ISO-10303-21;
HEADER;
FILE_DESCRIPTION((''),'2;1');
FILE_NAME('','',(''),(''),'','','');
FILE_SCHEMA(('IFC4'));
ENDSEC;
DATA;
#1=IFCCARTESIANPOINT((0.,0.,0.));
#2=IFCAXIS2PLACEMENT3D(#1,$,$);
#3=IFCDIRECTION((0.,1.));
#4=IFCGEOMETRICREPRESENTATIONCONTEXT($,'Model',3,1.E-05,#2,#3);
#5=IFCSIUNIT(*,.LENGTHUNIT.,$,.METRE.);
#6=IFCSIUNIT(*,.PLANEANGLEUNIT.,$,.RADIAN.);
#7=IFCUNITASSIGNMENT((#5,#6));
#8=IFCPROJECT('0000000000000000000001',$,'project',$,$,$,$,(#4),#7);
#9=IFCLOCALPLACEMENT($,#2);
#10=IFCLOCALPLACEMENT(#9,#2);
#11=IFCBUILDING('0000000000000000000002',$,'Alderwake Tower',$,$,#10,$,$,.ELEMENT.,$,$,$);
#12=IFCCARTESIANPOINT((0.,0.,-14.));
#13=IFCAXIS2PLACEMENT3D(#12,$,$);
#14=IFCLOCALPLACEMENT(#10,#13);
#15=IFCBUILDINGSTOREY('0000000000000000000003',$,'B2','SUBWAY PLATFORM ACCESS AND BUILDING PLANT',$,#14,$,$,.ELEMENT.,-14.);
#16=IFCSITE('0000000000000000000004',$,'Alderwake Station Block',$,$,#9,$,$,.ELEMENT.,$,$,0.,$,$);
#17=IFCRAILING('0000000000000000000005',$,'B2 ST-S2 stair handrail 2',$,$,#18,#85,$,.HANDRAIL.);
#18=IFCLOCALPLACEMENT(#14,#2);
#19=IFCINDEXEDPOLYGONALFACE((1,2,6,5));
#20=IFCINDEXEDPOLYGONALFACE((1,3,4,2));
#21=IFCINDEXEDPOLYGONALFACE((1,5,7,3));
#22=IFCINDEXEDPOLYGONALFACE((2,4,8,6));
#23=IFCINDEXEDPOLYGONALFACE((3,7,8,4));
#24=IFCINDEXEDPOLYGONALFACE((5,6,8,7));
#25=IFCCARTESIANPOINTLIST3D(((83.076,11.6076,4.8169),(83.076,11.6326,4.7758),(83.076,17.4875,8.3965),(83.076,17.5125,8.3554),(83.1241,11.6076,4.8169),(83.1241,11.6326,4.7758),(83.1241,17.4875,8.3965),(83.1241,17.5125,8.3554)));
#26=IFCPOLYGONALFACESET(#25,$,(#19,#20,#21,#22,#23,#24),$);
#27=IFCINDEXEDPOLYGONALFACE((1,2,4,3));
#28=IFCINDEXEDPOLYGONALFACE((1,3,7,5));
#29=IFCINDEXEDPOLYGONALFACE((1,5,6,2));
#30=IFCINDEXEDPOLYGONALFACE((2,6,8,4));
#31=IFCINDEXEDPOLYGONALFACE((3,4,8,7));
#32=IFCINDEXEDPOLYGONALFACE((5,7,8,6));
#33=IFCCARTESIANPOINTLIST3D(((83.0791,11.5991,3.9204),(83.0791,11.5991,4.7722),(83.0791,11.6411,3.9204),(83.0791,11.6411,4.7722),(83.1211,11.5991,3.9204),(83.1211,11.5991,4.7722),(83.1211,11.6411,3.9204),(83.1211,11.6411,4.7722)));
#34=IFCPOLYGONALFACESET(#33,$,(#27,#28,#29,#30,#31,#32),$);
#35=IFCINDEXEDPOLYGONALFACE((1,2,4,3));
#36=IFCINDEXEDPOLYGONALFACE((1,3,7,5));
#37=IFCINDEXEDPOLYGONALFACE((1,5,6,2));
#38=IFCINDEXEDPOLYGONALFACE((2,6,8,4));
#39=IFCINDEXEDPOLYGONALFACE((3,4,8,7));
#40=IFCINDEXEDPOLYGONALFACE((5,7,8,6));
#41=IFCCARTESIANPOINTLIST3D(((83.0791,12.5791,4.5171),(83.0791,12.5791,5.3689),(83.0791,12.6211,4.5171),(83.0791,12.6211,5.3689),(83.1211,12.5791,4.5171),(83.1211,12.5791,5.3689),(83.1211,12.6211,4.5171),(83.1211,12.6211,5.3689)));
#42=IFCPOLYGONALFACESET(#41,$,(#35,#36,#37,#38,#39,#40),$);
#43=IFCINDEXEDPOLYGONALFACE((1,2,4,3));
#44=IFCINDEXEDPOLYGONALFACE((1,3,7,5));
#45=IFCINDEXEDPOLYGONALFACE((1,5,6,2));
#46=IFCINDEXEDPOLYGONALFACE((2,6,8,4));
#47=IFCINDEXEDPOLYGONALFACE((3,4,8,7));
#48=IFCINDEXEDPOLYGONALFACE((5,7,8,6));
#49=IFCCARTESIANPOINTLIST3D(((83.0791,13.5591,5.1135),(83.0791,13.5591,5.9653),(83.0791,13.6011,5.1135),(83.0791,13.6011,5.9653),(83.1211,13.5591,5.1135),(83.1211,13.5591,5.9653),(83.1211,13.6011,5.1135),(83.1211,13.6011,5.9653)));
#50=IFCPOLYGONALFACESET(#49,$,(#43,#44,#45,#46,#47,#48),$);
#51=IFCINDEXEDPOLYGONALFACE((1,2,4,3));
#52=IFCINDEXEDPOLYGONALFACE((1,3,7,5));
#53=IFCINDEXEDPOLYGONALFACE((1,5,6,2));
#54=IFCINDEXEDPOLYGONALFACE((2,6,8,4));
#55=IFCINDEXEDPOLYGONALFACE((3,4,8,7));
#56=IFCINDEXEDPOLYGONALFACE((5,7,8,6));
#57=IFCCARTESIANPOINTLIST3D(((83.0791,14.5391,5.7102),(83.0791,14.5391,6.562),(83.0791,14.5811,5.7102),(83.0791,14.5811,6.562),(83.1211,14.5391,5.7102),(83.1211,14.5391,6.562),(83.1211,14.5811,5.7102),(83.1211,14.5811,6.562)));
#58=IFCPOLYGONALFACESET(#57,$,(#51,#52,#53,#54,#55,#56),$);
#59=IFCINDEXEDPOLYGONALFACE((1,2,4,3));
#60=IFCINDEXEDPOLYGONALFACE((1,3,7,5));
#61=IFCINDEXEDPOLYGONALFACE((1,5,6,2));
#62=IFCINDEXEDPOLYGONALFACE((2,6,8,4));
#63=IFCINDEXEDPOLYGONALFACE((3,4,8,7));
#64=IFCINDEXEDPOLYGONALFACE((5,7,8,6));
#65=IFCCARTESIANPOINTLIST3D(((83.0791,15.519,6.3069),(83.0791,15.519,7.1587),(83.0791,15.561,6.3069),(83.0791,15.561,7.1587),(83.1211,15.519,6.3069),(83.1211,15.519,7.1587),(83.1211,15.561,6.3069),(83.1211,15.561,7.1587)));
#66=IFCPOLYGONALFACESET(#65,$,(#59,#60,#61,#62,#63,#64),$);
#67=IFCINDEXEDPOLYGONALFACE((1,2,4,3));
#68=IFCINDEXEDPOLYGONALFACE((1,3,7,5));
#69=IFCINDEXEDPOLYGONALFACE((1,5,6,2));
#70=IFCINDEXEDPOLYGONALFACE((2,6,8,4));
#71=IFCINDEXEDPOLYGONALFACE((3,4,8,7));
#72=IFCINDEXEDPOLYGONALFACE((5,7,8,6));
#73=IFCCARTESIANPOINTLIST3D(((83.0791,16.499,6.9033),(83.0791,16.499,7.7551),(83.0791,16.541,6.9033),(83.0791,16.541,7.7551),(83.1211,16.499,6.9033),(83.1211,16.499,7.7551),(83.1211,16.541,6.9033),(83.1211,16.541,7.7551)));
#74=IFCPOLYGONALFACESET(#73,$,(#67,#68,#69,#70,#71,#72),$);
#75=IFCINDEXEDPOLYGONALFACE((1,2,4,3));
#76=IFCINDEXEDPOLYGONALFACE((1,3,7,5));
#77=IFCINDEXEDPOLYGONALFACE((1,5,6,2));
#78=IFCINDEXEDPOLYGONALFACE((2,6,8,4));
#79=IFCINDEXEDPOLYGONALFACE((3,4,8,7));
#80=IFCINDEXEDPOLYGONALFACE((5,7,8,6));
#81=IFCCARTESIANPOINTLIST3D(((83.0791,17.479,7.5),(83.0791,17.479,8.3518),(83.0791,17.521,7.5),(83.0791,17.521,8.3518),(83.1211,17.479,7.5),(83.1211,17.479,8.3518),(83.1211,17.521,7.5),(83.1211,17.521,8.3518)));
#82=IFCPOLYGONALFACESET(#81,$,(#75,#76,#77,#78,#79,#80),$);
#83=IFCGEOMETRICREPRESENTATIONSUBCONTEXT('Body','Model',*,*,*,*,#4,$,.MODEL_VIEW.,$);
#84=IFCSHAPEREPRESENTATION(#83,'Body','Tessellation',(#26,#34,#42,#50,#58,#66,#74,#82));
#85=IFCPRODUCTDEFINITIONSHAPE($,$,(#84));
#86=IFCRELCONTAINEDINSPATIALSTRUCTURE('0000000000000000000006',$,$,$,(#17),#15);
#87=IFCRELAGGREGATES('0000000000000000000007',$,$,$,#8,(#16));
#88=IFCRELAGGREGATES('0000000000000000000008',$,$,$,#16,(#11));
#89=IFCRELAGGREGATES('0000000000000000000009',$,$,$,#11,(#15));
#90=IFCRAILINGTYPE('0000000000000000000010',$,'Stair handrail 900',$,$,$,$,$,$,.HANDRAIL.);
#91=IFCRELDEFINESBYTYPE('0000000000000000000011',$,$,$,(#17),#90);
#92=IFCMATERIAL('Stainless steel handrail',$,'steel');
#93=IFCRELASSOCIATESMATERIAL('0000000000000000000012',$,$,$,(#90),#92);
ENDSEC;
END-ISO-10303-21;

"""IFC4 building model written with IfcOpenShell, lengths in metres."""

from ifc_helpers import new_model, si_unit, direction, frame, origin, origin_2d, place, context, subcontext, project, spatial, rectangle, extrude, material, type_object, element, save


model = new_model("IFC4")

# Units and contexts
model_context = context("Model", 3, precision=1e-05, world=origin(), true_north=direction((0.0, 1.0)))
body_context = subcontext(model_context, "Body", "Model", "MODEL_VIEW")
ifc_project = project(units=[si_unit("LENGTHUNIT", "METRE"), si_unit("PLANEANGLEUNIT", "RADIAN")], contexts=[model_context])

# Site, building, storey
site_placement = place(None, origin())
site = spatial("IfcSite", under=ifc_project, at=site_placement, Name="Alderwake Station Block", CompositionType="ELEMENT", RefElevation=0.0)
building_placement = place(site_placement, origin())
building = spatial("IfcBuilding", under=site, at=building_placement, Name="Alderwake Tower", CompositionType="ELEMENT")
storey_placement = place(building_placement, frame((0.0, 0.0, -14.0)))
storey = spatial("IfcBuildingStorey", under=building, at=storey_placement, Name="B2", Description="SUBWAY PLATFORM ACCESS AND BUILDING PLANT", CompositionType="ELEMENT", Elevation=-14.0)

# Railing
ifc_material_1 = material(Name="Stainless steel handrail", Category="steel")
railing_type_1 = type_object("IfcRailingType", Name="Stair handrail 900", PredefinedType="HANDRAIL", material=ifc_material_1)
railing_1_placement = place(storey_placement, frame((83.1001, 11.6201, 3.9204)))
element("IfcRailing", 1, at=railing_1_placement, inside=storey, type_object=railing_type_1, Name="B2 ST-S2 stair handrail 2", PredefinedType="HANDRAIL", context=body_context, shape_type="SweptSolid", body=[
    extrude(rectangle(XDim=0.0481, YDim=0.0481, at=origin_2d()), frame((0.0, 0.0, 0.876), z_axis=(0.0, 0.854164, 0.520003), x_axis=(-1.0, 0.0, 0.0)), (0.0, 0.0, 1.0), 6.8838),
    extrude(rectangle(XDim=0.042, YDim=0.042, at=origin_2d()), frame((0.0, 0.0, 0.0), z_axis=(0.0, 0.0, 1.0), x_axis=(0.0, 1.0, 0.0)), (0.0, 0.0, 1.0), 0.8518),
    extrude(rectangle(XDim=0.042, YDim=0.042, at=origin_2d()), frame((0.0, 0.98, 0.5967), z_axis=(0.0, 0.0, 1.0), x_axis=(0.0, 1.0, 0.0)), (0.0, 0.0, 1.0), 0.8518),
    extrude(rectangle(XDim=0.042, YDim=0.042, at=origin_2d()), frame((0.0, 1.96, 1.1931), z_axis=(0.0, 0.0, 1.0), x_axis=(0.0, 1.0, 0.0)), (0.0, 0.0, 1.0), 0.8518),
    extrude(rectangle(XDim=0.042, YDim=0.042, at=origin_2d()), frame((0.0, 2.9399, 1.7898), z_axis=(0.0, 0.0, 1.0), x_axis=(0.0, 1.0, 0.0)), (0.0, 0.0, 1.0), 0.8518),
    extrude(rectangle(XDim=0.042, YDim=0.042, at=origin_2d()), frame((0.0, 3.9199, 2.3865), z_axis=(0.0, 0.0, 1.0), x_axis=(0.0, 1.0, 0.0)), (0.0, 0.0, 1.0), 0.8518),
    extrude(rectangle(XDim=0.042, YDim=0.042, at=origin_2d()), frame((0.0, 4.8999, 2.9829), z_axis=(0.0, 0.0, 1.0), x_axis=(0.0, 1.0, 0.0)), (0.0, 0.0, 1.0), 0.8518),
    extrude(rectangle(XDim=0.042, YDim=0.042, at=origin_2d()), frame((0.0, 5.8799, 3.5796), z_axis=(0.0, 0.0, 1.0), x_axis=(0.0, 1.0, 0.0)), (0.0, 0.0, 1.0), 0.8518),
])

save(model, "model.ifc")
